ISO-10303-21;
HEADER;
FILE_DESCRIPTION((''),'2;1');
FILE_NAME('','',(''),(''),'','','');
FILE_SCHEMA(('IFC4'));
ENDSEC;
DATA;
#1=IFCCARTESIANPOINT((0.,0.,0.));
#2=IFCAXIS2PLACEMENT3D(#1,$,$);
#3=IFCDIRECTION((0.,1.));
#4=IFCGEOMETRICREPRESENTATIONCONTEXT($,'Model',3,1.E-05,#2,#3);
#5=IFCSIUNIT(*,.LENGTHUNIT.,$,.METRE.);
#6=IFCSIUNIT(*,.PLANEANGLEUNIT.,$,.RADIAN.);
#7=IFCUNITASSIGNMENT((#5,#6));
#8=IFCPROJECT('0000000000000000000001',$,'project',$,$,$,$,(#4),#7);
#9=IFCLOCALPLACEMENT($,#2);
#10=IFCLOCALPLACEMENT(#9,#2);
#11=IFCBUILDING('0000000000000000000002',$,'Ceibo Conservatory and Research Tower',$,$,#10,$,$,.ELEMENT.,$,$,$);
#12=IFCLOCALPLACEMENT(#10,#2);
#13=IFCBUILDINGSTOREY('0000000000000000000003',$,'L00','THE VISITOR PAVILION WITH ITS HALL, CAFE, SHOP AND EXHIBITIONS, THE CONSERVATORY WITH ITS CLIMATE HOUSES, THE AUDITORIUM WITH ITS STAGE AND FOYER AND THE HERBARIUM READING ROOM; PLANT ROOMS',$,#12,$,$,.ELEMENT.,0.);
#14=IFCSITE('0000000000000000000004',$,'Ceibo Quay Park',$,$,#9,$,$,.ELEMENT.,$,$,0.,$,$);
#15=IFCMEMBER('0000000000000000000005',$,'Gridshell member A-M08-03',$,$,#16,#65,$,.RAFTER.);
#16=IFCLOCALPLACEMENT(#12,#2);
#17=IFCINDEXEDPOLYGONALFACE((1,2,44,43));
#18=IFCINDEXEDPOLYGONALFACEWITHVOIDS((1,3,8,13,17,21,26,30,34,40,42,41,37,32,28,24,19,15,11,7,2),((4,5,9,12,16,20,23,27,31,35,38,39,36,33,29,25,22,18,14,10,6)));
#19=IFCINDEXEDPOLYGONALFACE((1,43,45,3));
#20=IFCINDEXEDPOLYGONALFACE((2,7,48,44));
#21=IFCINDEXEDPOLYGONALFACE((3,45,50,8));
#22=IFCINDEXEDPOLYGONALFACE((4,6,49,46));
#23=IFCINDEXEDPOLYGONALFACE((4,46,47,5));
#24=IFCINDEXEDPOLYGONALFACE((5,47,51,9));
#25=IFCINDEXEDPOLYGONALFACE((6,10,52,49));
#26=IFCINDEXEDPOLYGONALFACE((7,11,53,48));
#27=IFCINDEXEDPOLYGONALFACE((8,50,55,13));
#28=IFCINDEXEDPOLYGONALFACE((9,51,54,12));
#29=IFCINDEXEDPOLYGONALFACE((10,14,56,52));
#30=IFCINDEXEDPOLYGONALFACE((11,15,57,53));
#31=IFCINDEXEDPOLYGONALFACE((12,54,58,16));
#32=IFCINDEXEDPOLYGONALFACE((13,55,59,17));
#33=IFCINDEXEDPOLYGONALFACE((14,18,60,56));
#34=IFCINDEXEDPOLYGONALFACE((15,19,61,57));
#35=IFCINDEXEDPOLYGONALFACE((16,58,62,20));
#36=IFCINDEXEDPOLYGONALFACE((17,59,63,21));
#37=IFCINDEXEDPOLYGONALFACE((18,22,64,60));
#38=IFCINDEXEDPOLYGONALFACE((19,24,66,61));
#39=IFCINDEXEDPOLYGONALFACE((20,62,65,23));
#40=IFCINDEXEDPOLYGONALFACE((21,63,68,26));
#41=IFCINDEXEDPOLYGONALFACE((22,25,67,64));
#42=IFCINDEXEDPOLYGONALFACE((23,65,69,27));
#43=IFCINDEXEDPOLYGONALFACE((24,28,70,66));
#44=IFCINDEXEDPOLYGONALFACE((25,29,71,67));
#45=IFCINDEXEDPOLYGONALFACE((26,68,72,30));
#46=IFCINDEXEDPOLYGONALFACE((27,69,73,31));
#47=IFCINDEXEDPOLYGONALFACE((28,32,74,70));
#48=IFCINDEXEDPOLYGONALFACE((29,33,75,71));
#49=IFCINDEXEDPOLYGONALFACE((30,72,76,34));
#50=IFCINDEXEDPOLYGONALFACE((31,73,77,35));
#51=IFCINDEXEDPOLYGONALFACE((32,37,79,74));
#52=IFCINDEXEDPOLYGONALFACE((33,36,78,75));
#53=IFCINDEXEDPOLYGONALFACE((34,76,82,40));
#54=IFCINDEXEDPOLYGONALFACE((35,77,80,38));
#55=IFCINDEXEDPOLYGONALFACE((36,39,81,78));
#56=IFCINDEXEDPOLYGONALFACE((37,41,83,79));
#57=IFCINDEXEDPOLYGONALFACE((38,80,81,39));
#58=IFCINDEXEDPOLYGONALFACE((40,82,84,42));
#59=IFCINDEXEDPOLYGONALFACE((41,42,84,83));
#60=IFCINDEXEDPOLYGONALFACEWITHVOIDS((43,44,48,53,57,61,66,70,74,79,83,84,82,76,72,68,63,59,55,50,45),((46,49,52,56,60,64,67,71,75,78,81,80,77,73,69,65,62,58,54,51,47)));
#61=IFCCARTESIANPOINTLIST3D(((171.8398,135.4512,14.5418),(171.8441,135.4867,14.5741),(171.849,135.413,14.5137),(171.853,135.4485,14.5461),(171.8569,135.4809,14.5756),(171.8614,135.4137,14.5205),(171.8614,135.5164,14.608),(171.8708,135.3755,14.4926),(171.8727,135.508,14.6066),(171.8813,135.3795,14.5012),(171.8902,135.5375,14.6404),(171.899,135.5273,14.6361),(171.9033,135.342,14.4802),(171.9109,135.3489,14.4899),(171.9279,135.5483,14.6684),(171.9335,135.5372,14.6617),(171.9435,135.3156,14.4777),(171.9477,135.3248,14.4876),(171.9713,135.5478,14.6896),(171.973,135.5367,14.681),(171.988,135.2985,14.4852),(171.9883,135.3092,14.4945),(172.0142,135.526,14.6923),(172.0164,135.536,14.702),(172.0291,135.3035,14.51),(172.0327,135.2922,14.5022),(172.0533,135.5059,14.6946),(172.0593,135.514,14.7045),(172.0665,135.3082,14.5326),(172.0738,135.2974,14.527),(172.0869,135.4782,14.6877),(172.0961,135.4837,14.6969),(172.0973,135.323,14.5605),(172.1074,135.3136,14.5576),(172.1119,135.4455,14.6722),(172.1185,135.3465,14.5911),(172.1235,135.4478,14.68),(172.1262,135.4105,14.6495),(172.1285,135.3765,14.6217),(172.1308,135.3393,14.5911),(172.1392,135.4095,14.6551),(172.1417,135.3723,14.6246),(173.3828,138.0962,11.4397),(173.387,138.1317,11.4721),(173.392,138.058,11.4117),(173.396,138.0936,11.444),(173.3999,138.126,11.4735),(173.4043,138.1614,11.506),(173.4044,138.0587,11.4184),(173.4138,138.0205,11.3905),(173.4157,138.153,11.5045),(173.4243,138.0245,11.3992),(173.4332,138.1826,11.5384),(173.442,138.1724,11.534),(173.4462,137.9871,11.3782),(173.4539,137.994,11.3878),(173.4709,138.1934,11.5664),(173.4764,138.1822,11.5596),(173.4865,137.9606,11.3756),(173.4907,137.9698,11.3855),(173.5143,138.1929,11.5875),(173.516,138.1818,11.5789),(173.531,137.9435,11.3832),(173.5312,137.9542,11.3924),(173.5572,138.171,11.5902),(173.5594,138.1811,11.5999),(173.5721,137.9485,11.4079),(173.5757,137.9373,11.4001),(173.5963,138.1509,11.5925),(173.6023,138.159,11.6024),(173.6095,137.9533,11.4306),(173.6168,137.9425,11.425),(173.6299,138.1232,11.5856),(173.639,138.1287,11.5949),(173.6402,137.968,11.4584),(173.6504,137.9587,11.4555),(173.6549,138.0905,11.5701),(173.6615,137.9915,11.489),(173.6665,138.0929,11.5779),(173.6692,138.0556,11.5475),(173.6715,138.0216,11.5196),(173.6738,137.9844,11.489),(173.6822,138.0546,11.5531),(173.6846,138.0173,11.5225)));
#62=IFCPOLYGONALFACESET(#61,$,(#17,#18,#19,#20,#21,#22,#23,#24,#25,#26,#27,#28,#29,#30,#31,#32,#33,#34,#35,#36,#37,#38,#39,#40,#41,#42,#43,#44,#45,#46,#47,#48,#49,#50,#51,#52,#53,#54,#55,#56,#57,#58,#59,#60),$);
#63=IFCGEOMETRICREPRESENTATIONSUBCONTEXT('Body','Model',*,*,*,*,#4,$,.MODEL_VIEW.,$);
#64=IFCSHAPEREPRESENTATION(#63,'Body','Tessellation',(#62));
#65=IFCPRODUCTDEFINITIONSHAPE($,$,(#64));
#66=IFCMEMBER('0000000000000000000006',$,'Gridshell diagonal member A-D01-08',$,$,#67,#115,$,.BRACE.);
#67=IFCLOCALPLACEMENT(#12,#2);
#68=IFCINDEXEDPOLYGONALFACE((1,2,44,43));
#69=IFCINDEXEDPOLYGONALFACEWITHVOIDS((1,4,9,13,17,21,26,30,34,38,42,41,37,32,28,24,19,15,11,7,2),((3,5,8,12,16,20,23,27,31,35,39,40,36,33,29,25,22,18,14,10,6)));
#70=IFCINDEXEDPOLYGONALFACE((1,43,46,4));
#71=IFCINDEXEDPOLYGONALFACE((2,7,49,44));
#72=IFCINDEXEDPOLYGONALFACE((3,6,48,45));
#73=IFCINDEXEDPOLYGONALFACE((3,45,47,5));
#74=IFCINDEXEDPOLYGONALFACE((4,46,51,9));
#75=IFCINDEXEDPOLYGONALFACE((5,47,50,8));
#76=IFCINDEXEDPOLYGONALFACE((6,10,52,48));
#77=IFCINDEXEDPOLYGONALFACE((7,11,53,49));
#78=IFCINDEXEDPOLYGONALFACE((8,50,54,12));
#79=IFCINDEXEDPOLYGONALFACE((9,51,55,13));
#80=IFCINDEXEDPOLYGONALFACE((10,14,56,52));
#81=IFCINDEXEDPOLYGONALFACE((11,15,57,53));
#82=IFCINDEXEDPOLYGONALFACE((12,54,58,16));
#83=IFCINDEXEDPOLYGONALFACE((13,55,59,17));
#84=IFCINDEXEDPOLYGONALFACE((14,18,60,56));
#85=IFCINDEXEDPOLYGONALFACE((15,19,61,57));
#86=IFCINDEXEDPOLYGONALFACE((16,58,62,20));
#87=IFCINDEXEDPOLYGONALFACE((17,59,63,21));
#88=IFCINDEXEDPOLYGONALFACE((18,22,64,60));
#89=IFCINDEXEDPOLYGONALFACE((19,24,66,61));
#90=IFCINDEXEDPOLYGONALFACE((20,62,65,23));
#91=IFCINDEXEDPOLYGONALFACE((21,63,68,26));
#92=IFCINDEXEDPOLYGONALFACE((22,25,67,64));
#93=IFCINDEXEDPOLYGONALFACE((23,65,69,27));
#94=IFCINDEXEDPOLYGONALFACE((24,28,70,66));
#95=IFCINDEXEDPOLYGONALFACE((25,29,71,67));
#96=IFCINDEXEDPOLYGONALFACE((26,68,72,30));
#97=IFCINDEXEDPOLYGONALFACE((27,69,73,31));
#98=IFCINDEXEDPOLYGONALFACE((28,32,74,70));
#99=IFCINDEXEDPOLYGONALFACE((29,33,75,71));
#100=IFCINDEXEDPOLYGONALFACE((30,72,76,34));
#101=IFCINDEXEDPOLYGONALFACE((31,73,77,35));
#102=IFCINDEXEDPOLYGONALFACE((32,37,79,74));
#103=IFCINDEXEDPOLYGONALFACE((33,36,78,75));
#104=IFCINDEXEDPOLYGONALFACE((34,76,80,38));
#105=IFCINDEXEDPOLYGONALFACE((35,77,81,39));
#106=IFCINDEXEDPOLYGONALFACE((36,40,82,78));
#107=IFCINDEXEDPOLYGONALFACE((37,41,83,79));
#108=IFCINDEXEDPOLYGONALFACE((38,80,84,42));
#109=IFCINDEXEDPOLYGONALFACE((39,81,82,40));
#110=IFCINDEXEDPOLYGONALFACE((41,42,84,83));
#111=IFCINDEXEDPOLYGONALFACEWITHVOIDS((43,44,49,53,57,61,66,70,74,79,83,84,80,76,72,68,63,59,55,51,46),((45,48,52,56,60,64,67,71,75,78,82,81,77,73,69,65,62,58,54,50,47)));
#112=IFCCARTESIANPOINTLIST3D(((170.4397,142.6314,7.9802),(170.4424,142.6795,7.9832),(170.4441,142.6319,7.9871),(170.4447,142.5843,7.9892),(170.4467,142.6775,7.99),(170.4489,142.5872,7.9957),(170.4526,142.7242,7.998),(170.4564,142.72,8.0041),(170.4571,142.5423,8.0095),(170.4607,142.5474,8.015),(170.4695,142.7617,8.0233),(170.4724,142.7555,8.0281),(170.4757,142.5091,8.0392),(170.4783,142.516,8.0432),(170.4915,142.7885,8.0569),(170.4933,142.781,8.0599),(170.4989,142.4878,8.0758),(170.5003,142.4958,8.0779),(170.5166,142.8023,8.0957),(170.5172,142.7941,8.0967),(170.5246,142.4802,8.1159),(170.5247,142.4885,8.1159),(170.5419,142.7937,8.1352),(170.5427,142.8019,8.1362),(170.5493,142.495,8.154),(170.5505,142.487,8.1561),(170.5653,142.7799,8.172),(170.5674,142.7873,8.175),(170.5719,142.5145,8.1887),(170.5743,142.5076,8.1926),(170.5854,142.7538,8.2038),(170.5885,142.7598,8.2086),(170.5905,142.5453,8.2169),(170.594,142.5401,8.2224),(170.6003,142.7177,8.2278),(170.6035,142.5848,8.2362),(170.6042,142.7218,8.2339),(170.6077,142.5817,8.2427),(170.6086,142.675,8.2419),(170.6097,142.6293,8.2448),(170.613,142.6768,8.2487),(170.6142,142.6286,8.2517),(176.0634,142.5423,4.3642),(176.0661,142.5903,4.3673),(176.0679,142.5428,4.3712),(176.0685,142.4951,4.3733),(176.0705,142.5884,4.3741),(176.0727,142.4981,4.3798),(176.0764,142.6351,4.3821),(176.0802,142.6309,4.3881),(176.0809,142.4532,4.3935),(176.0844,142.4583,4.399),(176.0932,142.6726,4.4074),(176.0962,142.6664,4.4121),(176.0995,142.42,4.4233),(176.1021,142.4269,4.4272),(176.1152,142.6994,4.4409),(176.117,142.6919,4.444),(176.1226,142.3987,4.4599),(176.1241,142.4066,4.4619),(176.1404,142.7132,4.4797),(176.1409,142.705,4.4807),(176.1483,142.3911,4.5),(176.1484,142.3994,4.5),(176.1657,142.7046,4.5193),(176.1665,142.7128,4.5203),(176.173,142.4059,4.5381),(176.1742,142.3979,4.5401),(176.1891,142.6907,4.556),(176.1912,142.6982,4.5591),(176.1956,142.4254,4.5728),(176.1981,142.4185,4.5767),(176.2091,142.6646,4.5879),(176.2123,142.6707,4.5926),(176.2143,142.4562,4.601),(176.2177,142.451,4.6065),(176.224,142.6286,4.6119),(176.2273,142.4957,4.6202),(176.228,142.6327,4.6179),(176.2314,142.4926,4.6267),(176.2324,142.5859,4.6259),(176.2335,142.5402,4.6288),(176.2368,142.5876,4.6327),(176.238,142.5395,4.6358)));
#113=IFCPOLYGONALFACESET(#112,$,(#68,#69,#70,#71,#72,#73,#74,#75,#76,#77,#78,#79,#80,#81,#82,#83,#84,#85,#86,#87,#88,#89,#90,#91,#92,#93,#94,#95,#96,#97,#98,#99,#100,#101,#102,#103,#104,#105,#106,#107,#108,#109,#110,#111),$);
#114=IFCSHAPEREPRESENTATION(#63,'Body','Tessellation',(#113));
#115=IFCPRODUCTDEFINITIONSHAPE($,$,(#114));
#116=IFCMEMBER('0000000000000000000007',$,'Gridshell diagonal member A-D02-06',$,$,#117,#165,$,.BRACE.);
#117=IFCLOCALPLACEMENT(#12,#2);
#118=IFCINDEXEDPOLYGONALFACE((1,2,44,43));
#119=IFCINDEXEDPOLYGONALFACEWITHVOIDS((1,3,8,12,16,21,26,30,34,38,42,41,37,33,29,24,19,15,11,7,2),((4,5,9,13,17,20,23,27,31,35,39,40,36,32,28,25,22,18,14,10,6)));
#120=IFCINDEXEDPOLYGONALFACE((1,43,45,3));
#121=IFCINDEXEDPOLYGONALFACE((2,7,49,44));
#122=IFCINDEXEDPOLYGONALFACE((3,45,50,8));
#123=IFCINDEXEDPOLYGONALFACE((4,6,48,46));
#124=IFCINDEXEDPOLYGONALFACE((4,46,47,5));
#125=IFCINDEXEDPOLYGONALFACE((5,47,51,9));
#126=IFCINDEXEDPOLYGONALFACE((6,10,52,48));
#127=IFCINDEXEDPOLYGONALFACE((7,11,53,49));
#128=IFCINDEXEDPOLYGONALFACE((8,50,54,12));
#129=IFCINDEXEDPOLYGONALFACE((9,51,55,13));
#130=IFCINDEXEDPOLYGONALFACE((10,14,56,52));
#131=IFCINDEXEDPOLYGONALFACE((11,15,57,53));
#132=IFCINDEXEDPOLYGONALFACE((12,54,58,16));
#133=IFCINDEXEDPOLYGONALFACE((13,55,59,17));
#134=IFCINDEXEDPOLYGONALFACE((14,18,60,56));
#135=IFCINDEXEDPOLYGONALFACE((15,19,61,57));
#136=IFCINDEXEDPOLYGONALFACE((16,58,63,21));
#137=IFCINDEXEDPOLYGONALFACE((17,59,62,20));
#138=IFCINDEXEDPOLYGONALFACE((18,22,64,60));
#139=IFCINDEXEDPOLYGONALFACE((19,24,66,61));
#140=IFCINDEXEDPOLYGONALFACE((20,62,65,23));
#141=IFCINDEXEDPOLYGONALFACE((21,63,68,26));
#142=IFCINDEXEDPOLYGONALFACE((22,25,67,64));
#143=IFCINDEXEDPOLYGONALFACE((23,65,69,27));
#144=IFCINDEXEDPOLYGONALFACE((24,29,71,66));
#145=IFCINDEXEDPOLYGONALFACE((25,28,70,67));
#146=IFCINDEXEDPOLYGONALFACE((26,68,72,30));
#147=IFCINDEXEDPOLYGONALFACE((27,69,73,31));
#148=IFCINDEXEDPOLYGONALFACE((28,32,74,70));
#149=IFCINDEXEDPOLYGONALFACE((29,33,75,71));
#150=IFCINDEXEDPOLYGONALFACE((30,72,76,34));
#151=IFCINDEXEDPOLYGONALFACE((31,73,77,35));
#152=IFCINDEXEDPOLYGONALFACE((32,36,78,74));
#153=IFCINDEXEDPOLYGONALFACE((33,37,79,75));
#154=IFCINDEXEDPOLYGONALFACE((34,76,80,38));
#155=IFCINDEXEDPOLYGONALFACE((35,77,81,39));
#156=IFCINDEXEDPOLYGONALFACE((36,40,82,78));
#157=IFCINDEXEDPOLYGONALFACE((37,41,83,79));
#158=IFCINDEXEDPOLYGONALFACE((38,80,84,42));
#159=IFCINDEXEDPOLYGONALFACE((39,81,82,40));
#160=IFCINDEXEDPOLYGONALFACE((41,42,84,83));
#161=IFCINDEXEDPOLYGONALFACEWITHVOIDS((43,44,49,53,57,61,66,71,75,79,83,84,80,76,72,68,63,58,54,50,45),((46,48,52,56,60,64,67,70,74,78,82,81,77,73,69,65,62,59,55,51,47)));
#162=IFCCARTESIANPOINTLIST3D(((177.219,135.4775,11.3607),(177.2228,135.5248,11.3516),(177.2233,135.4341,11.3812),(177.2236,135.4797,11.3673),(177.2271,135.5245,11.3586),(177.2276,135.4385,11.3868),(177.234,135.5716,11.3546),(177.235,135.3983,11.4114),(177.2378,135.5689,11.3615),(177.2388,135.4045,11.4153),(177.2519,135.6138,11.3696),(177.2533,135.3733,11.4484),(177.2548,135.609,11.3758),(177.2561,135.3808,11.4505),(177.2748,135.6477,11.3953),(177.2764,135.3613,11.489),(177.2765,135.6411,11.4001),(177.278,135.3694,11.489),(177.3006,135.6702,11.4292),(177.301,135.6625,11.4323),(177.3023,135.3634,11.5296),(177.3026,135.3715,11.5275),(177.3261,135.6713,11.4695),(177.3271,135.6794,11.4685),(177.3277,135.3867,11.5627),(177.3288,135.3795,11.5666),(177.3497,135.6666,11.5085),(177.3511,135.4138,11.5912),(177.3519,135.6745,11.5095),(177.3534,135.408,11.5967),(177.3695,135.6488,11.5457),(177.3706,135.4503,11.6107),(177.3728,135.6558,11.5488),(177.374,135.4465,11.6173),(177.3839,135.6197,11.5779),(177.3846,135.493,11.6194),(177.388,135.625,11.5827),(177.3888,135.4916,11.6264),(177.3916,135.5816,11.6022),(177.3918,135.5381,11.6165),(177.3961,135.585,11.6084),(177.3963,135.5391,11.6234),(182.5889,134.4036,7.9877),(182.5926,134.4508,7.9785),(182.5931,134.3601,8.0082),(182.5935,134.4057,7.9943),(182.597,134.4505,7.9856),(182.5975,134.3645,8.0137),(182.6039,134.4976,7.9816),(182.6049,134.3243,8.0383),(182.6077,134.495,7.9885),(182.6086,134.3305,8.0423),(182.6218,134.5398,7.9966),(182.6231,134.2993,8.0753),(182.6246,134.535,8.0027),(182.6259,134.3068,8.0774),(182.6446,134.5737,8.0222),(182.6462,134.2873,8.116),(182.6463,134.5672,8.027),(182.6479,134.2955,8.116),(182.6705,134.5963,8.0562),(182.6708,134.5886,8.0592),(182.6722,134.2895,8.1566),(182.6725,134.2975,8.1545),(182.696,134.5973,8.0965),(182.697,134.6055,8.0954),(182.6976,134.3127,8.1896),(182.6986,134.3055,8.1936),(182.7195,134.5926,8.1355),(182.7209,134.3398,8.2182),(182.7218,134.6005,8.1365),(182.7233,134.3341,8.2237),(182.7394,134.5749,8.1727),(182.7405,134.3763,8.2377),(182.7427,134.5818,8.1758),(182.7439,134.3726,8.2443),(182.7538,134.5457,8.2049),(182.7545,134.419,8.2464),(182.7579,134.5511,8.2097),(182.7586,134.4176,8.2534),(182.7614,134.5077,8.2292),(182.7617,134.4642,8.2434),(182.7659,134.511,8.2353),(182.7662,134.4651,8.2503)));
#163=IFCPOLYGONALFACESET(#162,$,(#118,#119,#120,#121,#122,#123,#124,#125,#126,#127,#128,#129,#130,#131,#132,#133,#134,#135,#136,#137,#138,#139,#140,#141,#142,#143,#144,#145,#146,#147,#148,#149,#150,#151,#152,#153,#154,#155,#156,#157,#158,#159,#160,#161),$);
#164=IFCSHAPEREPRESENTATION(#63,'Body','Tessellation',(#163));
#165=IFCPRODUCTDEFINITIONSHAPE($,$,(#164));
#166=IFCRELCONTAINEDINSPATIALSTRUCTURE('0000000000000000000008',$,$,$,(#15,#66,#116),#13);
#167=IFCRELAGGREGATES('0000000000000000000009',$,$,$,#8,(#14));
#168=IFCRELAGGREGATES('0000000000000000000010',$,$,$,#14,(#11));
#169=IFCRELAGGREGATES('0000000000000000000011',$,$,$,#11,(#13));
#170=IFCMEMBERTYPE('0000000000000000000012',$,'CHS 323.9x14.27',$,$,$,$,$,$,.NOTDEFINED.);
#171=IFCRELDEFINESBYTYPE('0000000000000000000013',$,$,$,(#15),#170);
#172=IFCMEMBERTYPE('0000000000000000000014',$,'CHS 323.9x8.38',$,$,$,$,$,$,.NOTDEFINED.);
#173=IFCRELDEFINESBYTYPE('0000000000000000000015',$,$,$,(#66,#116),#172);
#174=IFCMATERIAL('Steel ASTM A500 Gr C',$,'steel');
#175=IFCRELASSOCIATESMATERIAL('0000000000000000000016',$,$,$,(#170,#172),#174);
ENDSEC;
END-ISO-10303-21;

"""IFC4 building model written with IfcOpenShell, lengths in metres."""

from ifc_helpers import new_model, si_unit, direction, frame, origin, origin_2d, place, context, subcontext, project, spatial, hollow_circle, extrude, material, material_profile, profile_set, type_object, element, save


model = new_model("IFC4")

# Units and contexts
model_context = context("Model", 3, precision=1e-05, world=origin(), true_north=direction((0.0, 1.0)))
body_context = subcontext(model_context, "Body", "Model", "MODEL_VIEW")
ifc_project = project(units=[si_unit("LENGTHUNIT", "METRE"), si_unit("PLANEANGLEUNIT", "RADIAN")], contexts=[model_context])

# Site, building, storey
site_placement = place(None, origin())
site = spatial("IfcSite", under=ifc_project, at=site_placement, Name="Ceibo Quay Park", CompositionType="ELEMENT", RefElevation=0.0)
building_placement = place(site_placement, origin())
building = spatial("IfcBuilding", under=site, at=building_placement, Name="Ceibo Conservatory and Research Tower", CompositionType="ELEMENT")
storey_placement = place(building_placement, origin())
storey = spatial("IfcBuildingStorey", under=building, at=storey_placement, Name="L00", Description="THE VISITOR PAVILION WITH ITS HALL, CAFE, SHOP AND EXHIBITIONS, THE CONSERVATORY WITH ITS CLIMATE HOUSES, THE AUDITORIUM WITH ITS STAGE AND FOYER AND THE HERBARIUM READING ROOM; PLANT ROOMS", CompositionType="ELEMENT", Elevation=0.0)

# Members
ifc_material_1 = material(Name="Steel ASTM A500 Gr C", Category="steel")
ifc_material_profile_1 = material_profile(ifc_material_1, hollow_circle(Radius=0.1619, WallThickness=0.0142, at=origin_2d()), Name="CHS 323.9x14.27")
ifc_profile_set_1 = profile_set([ifc_material_profile_1], Name="Steel ASTM A500 Gr C")
member_type_1 = type_object("IfcMemberType", Name="CHS 323.9x14.27", PredefinedType="NOTDEFINED", material=ifc_profile_set_1)
member_1_placement = place(storey_placement, frame((173.5339, 138.0659, 11.489), z_axis=(-0.353985, -0.606815, 0.711667), x_axis=(0.863773, -0.503881, 0.0)))
element("IfcMember", 1, at=member_1_placement, inside=storey, type_object=member_type_1, Name="Gridshell member A-M08-03", PredefinedType="RAFTER", context=body_context, shape_type="SweptSolid", body=[
    extrude(hollow_circle(Radius=0.1619, WallThickness=0.0142, at=origin_2d()), origin(), (0.0, 0.0, 1.0), 4.3589),
])
ifc_material_profile_2 = material_profile(ifc_material_1, hollow_circle(Radius=0.1619, WallThickness=0.0083, at=origin_2d()), Name="CHS 323.9x8.38")
ifc_profile_set_2 = profile_set([ifc_material_profile_2], Name="Steel ASTM A500 Gr C")
member_type_2 = type_object("IfcMemberType", Name="CHS 323.9x8.38", PredefinedType="NOTDEFINED", material=ifc_profile_set_2)
member_2_placement = place(storey_placement, frame((176.1509, 142.553, 4.5), z_axis=(-0.841058, 0.013327, 0.540782), x_axis=(-0.015843, -0.999874, 0.0)))
element("IfcMember", 2, at=member_2_placement, inside=storey, type_object=member_type_2, Name="Gridshell diagonal member A-D01-08", PredefinedType="BRACE", context=body_context, shape_type="SweptSolid", body=[
    extrude(hollow_circle(Radius=0.1619, WallThickness=0.0083, at=origin_2d()), origin(), (0.0, 0.0, 1.0), 6.6865),
])
for number, where, z_axis, x_axis, name in (
    (3, (182.678, 134.446, 8.116), (-0.834911, 0.166982, 0.524443), (-0.196116, -0.980581, 0.0), "Gridshell diagonal member A-D02-06"),
):
    element("IfcMember", number, at=place(storey_placement, frame(where, z_axis=z_axis, x_axis=x_axis)), inside=storey, type_object=member_type_2, Name=name, PredefinedType="BRACE", context=body_context, shape_type="SweptSolid", body=[
        extrude(hollow_circle(Radius=0.1619, WallThickness=0.0083, at=origin_2d()), origin(), (0.0, 0.0, 1.0), 6.4316),
    ])

save(model, "model.ifc")
